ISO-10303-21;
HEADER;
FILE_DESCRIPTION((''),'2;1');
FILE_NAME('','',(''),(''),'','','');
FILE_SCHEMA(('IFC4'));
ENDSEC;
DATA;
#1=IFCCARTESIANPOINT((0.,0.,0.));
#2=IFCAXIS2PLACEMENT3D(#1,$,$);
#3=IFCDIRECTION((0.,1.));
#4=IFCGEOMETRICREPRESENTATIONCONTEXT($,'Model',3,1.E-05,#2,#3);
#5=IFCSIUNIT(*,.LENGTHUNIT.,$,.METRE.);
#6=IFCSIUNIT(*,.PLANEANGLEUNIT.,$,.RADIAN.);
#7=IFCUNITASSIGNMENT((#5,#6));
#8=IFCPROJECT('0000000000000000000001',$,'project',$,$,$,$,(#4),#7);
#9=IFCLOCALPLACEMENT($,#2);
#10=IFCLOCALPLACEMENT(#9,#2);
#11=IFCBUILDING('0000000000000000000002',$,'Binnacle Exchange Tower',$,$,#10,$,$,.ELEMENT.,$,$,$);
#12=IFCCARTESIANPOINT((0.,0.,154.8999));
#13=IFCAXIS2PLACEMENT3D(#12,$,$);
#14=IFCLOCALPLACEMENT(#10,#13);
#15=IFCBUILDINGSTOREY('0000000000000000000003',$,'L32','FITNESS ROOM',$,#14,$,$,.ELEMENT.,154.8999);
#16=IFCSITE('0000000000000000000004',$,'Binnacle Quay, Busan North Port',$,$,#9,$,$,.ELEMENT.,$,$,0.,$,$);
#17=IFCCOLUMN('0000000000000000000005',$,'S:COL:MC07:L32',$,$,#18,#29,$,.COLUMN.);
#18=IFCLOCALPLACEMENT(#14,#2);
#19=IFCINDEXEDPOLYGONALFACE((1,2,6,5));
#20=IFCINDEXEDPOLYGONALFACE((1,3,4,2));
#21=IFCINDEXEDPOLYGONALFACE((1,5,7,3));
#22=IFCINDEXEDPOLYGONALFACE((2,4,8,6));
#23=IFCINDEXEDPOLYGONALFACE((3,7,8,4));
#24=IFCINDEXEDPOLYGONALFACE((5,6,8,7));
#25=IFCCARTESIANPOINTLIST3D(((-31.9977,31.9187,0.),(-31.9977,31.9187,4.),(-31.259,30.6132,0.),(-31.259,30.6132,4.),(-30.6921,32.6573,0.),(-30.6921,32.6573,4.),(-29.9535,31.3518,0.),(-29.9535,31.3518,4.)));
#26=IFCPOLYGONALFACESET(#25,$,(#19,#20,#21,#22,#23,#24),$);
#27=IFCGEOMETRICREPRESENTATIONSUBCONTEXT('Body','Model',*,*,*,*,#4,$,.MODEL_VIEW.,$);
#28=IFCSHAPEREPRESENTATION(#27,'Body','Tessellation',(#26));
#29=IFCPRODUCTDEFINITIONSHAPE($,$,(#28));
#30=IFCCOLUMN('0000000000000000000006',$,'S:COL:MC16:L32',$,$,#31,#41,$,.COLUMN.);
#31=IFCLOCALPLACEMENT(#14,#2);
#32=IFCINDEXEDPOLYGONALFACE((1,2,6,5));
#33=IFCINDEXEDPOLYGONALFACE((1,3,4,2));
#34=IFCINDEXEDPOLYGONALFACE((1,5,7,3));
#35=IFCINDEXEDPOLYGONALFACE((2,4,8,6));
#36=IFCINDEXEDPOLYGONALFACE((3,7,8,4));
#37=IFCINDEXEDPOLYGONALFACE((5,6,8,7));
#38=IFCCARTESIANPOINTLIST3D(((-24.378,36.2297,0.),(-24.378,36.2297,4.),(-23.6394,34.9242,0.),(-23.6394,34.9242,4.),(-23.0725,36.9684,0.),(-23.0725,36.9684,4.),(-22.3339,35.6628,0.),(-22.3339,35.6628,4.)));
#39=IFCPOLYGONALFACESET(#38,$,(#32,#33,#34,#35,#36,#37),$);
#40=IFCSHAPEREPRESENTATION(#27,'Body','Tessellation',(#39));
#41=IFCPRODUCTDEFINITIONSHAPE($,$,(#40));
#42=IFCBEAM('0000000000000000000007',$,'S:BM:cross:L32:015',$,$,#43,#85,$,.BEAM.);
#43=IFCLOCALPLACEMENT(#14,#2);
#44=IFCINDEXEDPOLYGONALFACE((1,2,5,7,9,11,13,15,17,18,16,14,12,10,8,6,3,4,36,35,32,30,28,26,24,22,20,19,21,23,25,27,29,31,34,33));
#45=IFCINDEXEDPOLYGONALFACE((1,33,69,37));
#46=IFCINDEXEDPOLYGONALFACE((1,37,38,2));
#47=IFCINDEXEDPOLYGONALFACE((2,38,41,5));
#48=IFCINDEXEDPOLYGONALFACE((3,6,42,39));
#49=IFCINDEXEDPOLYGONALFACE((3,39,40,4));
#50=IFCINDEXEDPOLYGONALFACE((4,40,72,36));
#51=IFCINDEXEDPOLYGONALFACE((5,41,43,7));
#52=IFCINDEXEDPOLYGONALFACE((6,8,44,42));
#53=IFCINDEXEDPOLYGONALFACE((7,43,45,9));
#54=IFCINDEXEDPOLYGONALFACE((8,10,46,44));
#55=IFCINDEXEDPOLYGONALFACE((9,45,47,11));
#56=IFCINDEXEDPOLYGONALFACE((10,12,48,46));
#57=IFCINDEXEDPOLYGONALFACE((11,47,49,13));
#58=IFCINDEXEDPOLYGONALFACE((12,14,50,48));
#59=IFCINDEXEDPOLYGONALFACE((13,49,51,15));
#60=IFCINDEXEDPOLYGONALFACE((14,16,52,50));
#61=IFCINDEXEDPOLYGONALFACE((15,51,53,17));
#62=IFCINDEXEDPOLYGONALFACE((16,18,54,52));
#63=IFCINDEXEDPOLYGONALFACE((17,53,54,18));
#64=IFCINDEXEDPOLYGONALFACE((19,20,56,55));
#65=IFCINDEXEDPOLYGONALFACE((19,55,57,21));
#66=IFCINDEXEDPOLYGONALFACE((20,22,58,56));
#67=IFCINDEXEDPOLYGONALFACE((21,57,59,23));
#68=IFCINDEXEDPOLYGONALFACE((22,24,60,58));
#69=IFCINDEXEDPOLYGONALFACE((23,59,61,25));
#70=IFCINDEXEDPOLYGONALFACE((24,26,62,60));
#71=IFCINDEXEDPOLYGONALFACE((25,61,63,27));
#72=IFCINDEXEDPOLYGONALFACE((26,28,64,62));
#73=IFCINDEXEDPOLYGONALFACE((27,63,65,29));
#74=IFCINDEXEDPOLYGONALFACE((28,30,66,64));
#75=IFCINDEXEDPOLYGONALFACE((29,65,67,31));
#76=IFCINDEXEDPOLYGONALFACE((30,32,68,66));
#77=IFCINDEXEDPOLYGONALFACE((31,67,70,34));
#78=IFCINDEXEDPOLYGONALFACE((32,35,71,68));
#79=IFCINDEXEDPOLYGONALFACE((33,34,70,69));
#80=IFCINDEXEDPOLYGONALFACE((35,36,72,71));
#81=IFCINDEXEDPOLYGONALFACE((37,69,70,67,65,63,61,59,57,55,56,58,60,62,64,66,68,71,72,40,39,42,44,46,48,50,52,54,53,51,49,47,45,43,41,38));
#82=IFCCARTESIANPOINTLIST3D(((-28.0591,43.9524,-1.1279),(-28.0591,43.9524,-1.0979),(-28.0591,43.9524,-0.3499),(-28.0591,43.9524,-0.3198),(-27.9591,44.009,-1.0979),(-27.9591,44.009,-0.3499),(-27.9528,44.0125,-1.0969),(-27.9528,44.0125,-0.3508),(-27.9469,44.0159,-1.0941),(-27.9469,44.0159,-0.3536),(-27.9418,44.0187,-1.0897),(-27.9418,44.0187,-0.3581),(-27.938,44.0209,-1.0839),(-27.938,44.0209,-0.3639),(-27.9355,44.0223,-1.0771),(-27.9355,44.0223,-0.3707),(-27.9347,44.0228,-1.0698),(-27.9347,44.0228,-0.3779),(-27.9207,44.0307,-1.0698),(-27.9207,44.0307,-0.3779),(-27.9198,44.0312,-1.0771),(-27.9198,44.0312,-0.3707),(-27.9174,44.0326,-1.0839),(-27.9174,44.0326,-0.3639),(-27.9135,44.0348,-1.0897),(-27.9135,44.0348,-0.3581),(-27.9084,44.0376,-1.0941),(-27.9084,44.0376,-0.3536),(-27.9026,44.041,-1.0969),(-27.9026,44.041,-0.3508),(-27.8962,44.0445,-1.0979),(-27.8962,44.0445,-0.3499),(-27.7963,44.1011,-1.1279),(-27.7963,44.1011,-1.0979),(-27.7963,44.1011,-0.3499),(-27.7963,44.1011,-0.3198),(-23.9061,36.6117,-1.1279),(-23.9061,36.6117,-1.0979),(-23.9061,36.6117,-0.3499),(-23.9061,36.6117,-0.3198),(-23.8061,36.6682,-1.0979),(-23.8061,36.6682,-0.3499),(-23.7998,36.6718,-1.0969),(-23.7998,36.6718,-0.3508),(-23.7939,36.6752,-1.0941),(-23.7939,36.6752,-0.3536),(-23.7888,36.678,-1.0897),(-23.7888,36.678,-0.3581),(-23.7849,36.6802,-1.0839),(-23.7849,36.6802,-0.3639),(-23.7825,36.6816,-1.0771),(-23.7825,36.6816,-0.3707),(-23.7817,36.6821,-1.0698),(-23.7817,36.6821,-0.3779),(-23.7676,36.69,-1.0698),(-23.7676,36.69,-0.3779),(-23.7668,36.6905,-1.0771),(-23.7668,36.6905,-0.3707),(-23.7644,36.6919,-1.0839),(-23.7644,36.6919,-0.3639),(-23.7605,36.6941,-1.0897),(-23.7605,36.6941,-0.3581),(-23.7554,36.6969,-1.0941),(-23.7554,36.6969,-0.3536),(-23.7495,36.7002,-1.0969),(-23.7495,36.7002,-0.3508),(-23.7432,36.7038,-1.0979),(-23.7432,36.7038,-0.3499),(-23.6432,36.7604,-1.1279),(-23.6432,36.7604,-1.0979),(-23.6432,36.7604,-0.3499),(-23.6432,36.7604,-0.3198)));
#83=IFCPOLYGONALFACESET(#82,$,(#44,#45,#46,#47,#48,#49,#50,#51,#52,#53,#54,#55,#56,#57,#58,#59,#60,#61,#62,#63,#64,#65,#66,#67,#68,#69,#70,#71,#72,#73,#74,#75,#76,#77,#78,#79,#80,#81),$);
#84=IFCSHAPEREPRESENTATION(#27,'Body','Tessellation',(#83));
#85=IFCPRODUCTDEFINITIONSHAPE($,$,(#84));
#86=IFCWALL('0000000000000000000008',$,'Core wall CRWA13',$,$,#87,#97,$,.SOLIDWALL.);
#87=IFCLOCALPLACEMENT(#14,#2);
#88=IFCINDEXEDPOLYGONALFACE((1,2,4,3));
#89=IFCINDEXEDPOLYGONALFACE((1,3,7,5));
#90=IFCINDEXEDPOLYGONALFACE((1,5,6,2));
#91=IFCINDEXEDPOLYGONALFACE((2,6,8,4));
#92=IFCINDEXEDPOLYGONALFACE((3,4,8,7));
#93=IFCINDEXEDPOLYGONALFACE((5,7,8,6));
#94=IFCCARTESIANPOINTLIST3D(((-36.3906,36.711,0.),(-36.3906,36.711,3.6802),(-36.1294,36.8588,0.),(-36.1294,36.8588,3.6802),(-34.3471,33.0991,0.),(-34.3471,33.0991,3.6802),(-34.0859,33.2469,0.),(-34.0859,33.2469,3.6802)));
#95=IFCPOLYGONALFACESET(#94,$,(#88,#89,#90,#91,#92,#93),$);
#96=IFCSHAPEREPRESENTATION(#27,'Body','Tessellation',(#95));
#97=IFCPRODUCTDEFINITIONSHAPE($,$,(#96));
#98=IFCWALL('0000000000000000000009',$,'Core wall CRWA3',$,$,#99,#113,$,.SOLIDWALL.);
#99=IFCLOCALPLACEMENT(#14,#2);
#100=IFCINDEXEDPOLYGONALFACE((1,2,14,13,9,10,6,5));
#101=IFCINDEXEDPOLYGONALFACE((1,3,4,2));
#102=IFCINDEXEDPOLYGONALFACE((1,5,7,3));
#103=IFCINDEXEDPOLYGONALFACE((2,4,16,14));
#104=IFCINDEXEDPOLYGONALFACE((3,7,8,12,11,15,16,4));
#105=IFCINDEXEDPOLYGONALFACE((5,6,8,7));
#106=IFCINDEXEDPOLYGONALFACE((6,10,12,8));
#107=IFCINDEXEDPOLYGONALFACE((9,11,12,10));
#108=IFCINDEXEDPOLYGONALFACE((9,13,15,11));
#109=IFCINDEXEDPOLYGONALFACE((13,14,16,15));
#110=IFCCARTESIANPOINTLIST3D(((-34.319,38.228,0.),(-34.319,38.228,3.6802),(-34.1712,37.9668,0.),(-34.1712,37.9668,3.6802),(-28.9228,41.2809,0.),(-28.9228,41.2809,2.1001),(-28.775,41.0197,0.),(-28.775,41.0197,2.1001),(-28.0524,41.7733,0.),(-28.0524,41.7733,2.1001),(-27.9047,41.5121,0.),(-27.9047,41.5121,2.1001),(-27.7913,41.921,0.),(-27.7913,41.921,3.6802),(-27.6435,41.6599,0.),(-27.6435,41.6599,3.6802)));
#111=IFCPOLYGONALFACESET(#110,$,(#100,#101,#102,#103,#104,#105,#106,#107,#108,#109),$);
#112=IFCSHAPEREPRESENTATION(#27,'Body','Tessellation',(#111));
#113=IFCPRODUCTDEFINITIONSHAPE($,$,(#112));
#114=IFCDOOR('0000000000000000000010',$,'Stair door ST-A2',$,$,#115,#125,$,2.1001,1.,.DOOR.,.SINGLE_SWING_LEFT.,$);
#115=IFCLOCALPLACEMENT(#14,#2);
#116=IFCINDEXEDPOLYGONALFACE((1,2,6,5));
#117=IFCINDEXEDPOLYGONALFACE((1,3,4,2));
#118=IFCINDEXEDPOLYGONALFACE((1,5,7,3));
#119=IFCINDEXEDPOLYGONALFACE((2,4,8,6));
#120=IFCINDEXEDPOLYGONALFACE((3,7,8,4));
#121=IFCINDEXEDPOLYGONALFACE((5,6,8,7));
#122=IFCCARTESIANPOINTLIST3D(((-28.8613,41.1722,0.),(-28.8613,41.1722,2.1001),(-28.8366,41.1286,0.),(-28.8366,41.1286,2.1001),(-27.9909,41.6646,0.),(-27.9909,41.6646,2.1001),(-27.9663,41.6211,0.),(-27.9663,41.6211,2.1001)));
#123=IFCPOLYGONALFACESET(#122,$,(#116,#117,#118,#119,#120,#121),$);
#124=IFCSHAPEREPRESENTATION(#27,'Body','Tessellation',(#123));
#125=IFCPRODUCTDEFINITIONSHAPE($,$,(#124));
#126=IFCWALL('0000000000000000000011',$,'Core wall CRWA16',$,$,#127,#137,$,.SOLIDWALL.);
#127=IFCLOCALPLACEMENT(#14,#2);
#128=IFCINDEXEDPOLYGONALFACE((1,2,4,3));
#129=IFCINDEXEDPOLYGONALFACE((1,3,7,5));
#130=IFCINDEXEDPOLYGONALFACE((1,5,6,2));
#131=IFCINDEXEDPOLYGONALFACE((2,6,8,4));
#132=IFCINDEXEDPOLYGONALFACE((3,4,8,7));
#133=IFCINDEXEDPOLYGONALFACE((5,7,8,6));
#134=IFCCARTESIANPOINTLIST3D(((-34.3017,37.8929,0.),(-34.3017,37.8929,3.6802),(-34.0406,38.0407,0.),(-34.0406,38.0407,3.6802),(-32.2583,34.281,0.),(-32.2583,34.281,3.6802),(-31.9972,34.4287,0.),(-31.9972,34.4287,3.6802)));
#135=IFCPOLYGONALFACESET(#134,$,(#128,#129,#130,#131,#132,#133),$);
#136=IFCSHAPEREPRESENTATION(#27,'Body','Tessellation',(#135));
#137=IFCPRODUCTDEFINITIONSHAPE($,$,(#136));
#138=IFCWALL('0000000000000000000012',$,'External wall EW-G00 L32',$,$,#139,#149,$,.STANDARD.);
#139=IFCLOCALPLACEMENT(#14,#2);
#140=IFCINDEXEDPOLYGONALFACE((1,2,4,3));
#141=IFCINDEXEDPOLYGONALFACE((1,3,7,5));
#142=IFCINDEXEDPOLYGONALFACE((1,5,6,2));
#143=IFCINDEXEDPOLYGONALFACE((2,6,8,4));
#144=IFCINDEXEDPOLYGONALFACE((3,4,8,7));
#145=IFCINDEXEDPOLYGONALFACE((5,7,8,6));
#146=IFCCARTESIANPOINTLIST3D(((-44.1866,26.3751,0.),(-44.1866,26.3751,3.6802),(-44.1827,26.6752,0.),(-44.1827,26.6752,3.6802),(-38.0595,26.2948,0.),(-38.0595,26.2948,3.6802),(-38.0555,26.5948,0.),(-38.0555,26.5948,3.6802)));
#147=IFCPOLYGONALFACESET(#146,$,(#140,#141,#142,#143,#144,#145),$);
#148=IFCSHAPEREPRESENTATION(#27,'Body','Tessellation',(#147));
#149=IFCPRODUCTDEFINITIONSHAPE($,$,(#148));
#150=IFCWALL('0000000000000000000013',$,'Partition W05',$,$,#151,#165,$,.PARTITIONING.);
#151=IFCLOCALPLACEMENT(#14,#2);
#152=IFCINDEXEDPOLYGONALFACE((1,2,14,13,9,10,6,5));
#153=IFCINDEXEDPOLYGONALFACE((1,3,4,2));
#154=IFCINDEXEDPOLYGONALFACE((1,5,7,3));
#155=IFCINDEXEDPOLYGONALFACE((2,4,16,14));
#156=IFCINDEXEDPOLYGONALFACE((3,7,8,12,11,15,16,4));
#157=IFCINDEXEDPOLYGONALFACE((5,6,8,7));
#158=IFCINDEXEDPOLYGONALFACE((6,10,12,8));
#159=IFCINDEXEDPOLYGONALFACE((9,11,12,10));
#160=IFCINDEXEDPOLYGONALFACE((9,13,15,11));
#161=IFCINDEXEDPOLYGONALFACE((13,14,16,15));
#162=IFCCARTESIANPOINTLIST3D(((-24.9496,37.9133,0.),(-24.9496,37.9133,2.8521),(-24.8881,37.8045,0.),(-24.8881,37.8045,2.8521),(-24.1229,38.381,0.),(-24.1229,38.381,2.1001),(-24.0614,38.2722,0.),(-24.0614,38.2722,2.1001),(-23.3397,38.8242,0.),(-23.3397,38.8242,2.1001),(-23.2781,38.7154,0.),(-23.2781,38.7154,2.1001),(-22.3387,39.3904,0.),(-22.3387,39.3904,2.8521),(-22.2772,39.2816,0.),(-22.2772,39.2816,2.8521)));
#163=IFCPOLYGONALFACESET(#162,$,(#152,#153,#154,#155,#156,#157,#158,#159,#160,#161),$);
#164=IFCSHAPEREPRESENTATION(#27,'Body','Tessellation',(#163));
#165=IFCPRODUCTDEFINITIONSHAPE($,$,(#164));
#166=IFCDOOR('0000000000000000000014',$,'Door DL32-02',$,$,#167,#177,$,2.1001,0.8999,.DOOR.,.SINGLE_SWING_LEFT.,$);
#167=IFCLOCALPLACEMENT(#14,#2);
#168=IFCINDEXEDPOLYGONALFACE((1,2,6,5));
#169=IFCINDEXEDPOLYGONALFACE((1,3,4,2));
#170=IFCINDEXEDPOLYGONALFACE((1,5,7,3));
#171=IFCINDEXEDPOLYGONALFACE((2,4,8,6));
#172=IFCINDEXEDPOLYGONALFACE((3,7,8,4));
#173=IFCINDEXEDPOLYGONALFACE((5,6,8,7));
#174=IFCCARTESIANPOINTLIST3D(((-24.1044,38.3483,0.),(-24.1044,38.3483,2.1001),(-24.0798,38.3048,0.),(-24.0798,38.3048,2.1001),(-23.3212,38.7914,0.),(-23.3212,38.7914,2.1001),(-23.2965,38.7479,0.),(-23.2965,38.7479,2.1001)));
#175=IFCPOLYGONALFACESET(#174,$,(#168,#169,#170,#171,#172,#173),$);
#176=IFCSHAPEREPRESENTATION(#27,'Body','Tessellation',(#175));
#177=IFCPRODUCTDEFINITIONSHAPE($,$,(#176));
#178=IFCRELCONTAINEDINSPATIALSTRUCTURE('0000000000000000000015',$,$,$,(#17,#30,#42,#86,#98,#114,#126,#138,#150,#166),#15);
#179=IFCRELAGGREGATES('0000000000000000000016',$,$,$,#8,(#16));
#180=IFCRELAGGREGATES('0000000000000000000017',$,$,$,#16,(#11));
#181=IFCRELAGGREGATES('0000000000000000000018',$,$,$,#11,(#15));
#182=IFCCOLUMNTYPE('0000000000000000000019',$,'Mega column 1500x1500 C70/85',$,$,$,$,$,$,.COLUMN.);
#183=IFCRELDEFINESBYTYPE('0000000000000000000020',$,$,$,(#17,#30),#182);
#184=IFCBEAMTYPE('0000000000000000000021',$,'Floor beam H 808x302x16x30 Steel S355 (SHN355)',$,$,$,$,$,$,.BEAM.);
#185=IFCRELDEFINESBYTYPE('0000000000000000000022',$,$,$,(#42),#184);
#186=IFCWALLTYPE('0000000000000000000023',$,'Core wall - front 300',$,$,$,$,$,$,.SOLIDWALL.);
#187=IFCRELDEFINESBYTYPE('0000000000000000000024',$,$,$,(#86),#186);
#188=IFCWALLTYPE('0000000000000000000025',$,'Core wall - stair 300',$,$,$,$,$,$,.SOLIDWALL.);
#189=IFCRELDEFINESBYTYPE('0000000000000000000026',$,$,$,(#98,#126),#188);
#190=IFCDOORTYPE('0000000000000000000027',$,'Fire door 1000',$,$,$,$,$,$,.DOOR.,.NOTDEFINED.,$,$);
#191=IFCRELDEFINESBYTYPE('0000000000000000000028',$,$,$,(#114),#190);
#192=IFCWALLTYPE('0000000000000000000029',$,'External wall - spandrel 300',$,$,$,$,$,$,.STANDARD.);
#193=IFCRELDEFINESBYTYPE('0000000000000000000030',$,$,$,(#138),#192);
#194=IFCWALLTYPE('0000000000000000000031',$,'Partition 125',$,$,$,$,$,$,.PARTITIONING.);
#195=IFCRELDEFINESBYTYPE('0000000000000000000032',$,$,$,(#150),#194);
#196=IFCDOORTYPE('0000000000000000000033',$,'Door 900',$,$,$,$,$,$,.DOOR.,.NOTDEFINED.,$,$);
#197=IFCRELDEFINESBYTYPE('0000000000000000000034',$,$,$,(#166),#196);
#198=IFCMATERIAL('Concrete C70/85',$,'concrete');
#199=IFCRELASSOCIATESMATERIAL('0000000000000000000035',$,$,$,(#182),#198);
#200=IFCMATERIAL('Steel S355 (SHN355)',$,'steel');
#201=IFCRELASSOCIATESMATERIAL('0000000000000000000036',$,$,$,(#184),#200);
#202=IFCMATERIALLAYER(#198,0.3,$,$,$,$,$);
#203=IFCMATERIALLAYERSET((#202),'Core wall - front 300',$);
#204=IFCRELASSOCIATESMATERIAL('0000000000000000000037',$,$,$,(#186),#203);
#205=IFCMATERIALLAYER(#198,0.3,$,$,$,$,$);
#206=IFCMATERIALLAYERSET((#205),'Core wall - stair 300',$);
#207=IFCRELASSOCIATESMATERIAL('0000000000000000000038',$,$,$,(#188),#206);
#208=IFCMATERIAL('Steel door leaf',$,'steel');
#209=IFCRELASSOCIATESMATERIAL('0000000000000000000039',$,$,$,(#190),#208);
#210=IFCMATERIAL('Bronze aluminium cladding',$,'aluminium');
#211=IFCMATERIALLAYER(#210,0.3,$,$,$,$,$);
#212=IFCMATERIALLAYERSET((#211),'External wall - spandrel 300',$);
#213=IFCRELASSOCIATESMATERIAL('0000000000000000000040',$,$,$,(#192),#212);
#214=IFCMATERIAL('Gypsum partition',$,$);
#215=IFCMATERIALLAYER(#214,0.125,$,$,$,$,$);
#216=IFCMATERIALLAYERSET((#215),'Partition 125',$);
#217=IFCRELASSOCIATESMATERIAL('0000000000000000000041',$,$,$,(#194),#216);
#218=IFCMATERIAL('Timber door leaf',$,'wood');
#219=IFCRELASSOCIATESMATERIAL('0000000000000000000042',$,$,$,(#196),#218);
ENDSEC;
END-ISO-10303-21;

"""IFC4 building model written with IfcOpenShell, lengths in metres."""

from ifc_helpers import new_model, si_unit, direction, frame, frame_2d, origin, origin_2d, place, context, subcontext, project, spatial, rectangle, i_section, extrude, material, layer, layer_set, material_profile, profile_set, type_object, element, fill, save


model = new_model("IFC4")

# Units and contexts
model_context = context("Model", 3, precision=1e-05, world=origin(), true_north=direction((0.0, 1.0)))
body_context = subcontext(model_context, "Body", "Model", "MODEL_VIEW")
ifc_project = project(units=[si_unit("LENGTHUNIT", "METRE"), si_unit("PLANEANGLEUNIT", "RADIAN")], contexts=[model_context])

# Site, building, storey
site_placement = place(None, origin())
site = spatial("IfcSite", under=ifc_project, at=site_placement, Name="Binnacle Quay, Busan North Port", CompositionType="ELEMENT", RefElevation=0.0)
building_placement = place(site_placement, origin())
building = spatial("IfcBuilding", under=site, at=building_placement, Name="Binnacle Exchange Tower", CompositionType="ELEMENT")
storey_placement = place(building_placement, frame((0.0, 0.0, 154.8999)))
storey = spatial("IfcBuildingStorey", under=building, at=storey_placement, Name="L32", Description="FITNESS ROOM", CompositionType="ELEMENT", Elevation=154.8999)

# Columns
ifc_material_1 = material(Name="Concrete C70/85", Category="concrete")
ifc_material_profile_1 = material_profile(ifc_material_1, rectangle(XDim=1.5, YDim=1.5, at=origin_2d()), Name="Mega column 1500x1500 C70/85")
ifc_profile_set_1 = profile_set([ifc_material_profile_1], Name="Concrete C70/85")
column_type = type_object("IfcColumnType", Name="Mega column 1500x1500 C70/85", PredefinedType="COLUMN", material=ifc_profile_set_1)
for number, where, z_axis, x_axis, name in (
    (1, (-30.9756, 31.6353, 0.0), (0.0, 0.0, 1.0), (0.870356, 0.492424, 0.0), "S:COL:MC07:L32"),
    (2, (-23.356, 35.9463, 0.0), (0.0, 0.0, 1.0), (0.870356, 0.492424, 0.0), "S:COL:MC16:L32"),
):
    element("IfcColumn", number, at=place(storey_placement, frame(where, z_axis=z_axis, x_axis=x_axis)), inside=storey, type_object=column_type, Name=name, PredefinedType="COLUMN", context=body_context, shape_type="SweptSolid", body=[
        extrude(rectangle(XDim=1.5, YDim=1.5, at=origin_2d()), origin(), (0.0, 0.0, 1.0), 4.0),
    ])

# Beam
ifc_material_2 = material(Name="Steel S355 (SHN355)", Category="steel")
ifc_material_profile_2 = material_profile(ifc_material_2, i_section(OverallWidth=0.302, OverallDepth=0.8081, WebThickness=0.0161, FlangeThickness=0.03, FilletRadius=0.0281, at=origin_2d()), Name="H 808x302x16x30")
ifc_profile_set_2 = profile_set([ifc_material_profile_2], Name="Steel S355 (SHN355)")
beam_type = type_object("IfcBeamType", Name="Floor beam H 808x302x16x30 Steel S355 (SHN355)", PredefinedType="BEAM", material=ifc_profile_set_2)
beam_placement = place(storey_placement, frame((-23.7747, 36.686, -0.7239), z_axis=(-0.492409, 0.870364, 0.0), x_axis=(-0.870364, -0.492409, 0.0)))
element("IfcBeam", 3, at=beam_placement, inside=storey, type_object=beam_type, Name="S:BM:cross:L32:015", PredefinedType="BEAM", context=body_context, shape_type="SweptSolid", body=[
    extrude(i_section(OverallWidth=0.302, OverallDepth=0.8081, WebThickness=0.0161, FlangeThickness=0.03, FilletRadius=0.0281, at=origin_2d()), origin(), (0.0, 0.0, 1.0), 8.4341),
])

# Wall
ifc_layer_1 = layer(ifc_material_1, 0.3)
ifc_layer_set_1 = layer_set([ifc_layer_1], Name="Core wall - front 300")
wall_type_1 = type_object("IfcWallType", Name="Core wall - front 300", PredefinedType="SOLIDWALL", material=ifc_layer_set_1)
wall_1_placement = place(storey_placement, frame((-36.26, 36.7849, 0.0), z_axis=(0.0, 0.0, 1.0), x_axis=(0.492422, -0.870357, 0.0)))
element("IfcWall", 4, at=wall_1_placement, inside=storey, type_object=wall_type_1, Name="Core wall CRWA13", PredefinedType="SOLIDWALL", context=body_context, shape_type="SweptSolid", body=[
    extrude(rectangle(XDim=4.1499, YDim=0.3, at=frame_2d((2.075, 0.0))), origin(), (0.0, 0.0, 1.0), 3.6802),
])

# Wall, opening, door
ifc_layer_2 = layer(ifc_material_1, 0.3)
ifc_layer_set_2 = layer_set([ifc_layer_2], Name="Core wall - stair 300")
wall_type_2 = type_object("IfcWallType", Name="Core wall - stair 300", PredefinedType="SOLIDWALL", material=ifc_layer_set_2)
wall_2_placement = place(storey_placement, frame((-34.2451, 38.0974, 0.0), z_axis=(0.0, 0.0, 1.0), x_axis=(0.870365, 0.492408, 0.0)))
wall_2 = element("IfcWall", 5, at=wall_2_placement, inside=storey, type_object=wall_type_2, Name="Core wall CRWA3", PredefinedType="SOLIDWALL", context=body_context, shape_type="SweptSolid", body=[
    extrude(rectangle(XDim=7.5, YDim=0.3, at=frame_2d((3.75, 0.0))), origin(), (0.0, 0.0, 1.0), 3.6802),
])
opening_1_placement = place(wall_2_placement, frame((6.2, 0.0, 0.0)))
opening_1 = element("IfcOpeningElement", 6, at=opening_1_placement, cuts=wall_2, PredefinedType="OPENING", context=body_context, shape_type="SweptSolid", body=[
    extrude(rectangle(XDim=1.0, YDim=2.1001, at=frame_2d((0.5, 1.05))), frame((0.0, 0.1599, 0.0), z_axis=(0.0, -1.0, 0.0), x_axis=(1.0, 0.0, 0.0)), (0.0, 0.0, 1.0), 0.3201),
])
ifc_material_3 = material(Name="Steel door leaf", Category="steel")
door_type_1 = type_object("IfcDoorType", Name="Fire door 1000", OperationType="NOTDEFINED", PredefinedType="DOOR", material=ifc_material_3)
door_1_placement = place(opening_1_placement, frame((1.0, 0.0, 0.0), z_axis=(0.0, 0.0, 1.0), x_axis=(-1.0, 0.0, 0.0)))
door_1 = element("IfcDoor", 7, at=door_1_placement, inside=storey, type_object=door_type_1, Name="Stair door ST-A2", OperationType="SINGLE_SWING_LEFT", OverallHeight=2.1001, OverallWidth=1.0, PredefinedType="DOOR", context=body_context, shape_type="SweptSolid", body=[
    extrude(rectangle(XDim=1.0, YDim=2.1001, at=frame_2d((0.5, 1.05))), frame((0.0, 0.0249, 0.0), z_axis=(0.0, -1.0, 0.0), x_axis=(1.0, 0.0, 0.0)), (0.0, 0.0, 1.0), 0.05),
])
fill(opening_1, door_1)

# Walls
wall_3_placement = place(storey_placement, frame((-34.1711, 37.9668, 0.0), z_axis=(0.0, 0.0, 1.0), x_axis=(0.492396, -0.870371, 0.0)))
element("IfcWall", 8, at=wall_3_placement, inside=storey, type_object=wall_type_2, Name="Core wall CRWA16", PredefinedType="SOLIDWALL", context=body_context, shape_type="SweptSolid", body=[
    extrude(rectangle(XDim=4.1499, YDim=0.3, at=frame_2d((2.075, 0.0))), origin(), (0.0, 0.0, 1.0), 3.6802),
])
ifc_material_4 = material(Name="Bronze aluminium cladding", Category="aluminium")
ifc_layer_3 = layer(ifc_material_4, 0.3)
ifc_layer_set_3 = layer_set([ifc_layer_3], Name="External wall - spandrel 300")
wall_type_3 = type_object("IfcWallType", Name="External wall - spandrel 300", PredefinedType="STANDARD", material=ifc_layer_set_3)
wall_4_placement = place(storey_placement, frame((-38.0574, 26.4448, 0.0), z_axis=(0.0, 0.0, 1.0), x_axis=(-0.999914, 0.013108, 0.0)))
element("IfcWall", 9, at=wall_4_placement, inside=storey, type_object=wall_type_3, Name="External wall EW-G00 L32", PredefinedType="STANDARD", context=body_context, shape_type="SweptSolid", body=[
    extrude(rectangle(XDim=6.1277, YDim=0.3, at=frame_2d((3.064, 0.0))), origin(), (0.0, 0.0, 1.0), 3.6802),
])

# Wall, opening, door
ifc_material_5 = material(Name="Gypsum partition")
ifc_layer_4 = layer(ifc_material_5, 0.125)
ifc_layer_set_4 = layer_set([ifc_layer_4], Name="Partition 125")
wall_type_4 = type_object("IfcWallType", Name="Partition 125", PredefinedType="PARTITIONING", material=ifc_layer_set_4)
wall_5_placement = place(storey_placement, frame((-24.9189, 37.8589, 0.0), z_axis=(0.0, 0.0, 1.0), x_axis=(0.870369, 0.4924, 0.0)))
wall_5 = element("IfcWall", 10, at=wall_5_placement, inside=storey, type_object=wall_type_4, Name="Partition W05", PredefinedType="PARTITIONING", context=body_context, shape_type="SweptSolid", body=[
    extrude(rectangle(XDim=2.9998, YDim=0.125, at=frame_2d((1.5, 0.0))), origin(), (0.0, 0.0, 1.0), 2.8521),
])
opening_2_placement = place(wall_5_placement, frame((0.95, 0.0, 0.0)))
opening_2 = element("IfcOpeningElement", 11, at=opening_2_placement, cuts=wall_5, PredefinedType="OPENING", context=body_context, shape_type="SweptSolid", body=[
    extrude(rectangle(XDim=0.8999, YDim=2.1001, at=frame_2d((0.45, 1.05))), frame((0.0, 0.0725, 0.0), z_axis=(0.0, -1.0, 0.0), x_axis=(1.0, 0.0, 0.0)), (0.0, 0.0, 1.0), 0.145),
])
ifc_material_6 = material(Name="Timber door leaf", Category="wood")
door_type_2 = type_object("IfcDoorType", Name="Door 900", OperationType="NOTDEFINED", PredefinedType="DOOR", material=ifc_material_6)
door_2_placement = place(opening_2_placement, origin())
door_2 = element("IfcDoor", 12, at=door_2_placement, inside=storey, type_object=door_type_2, Name="Door DL32-02", OperationType="SINGLE_SWING_LEFT", OverallHeight=2.1001, OverallWidth=0.8999, PredefinedType="DOOR", context=body_context, shape_type="SweptSolid", body=[
    extrude(rectangle(XDim=0.8999, YDim=2.1001, at=frame_2d((0.45, 1.05))), frame((0.0, 0.0249, 0.0), z_axis=(0.0, -1.0, 0.0), x_axis=(1.0, 0.0, 0.0)), (0.0, 0.0, 1.0), 0.05),
])
fill(opening_2, door_2)

save(model, "model.ifc")
